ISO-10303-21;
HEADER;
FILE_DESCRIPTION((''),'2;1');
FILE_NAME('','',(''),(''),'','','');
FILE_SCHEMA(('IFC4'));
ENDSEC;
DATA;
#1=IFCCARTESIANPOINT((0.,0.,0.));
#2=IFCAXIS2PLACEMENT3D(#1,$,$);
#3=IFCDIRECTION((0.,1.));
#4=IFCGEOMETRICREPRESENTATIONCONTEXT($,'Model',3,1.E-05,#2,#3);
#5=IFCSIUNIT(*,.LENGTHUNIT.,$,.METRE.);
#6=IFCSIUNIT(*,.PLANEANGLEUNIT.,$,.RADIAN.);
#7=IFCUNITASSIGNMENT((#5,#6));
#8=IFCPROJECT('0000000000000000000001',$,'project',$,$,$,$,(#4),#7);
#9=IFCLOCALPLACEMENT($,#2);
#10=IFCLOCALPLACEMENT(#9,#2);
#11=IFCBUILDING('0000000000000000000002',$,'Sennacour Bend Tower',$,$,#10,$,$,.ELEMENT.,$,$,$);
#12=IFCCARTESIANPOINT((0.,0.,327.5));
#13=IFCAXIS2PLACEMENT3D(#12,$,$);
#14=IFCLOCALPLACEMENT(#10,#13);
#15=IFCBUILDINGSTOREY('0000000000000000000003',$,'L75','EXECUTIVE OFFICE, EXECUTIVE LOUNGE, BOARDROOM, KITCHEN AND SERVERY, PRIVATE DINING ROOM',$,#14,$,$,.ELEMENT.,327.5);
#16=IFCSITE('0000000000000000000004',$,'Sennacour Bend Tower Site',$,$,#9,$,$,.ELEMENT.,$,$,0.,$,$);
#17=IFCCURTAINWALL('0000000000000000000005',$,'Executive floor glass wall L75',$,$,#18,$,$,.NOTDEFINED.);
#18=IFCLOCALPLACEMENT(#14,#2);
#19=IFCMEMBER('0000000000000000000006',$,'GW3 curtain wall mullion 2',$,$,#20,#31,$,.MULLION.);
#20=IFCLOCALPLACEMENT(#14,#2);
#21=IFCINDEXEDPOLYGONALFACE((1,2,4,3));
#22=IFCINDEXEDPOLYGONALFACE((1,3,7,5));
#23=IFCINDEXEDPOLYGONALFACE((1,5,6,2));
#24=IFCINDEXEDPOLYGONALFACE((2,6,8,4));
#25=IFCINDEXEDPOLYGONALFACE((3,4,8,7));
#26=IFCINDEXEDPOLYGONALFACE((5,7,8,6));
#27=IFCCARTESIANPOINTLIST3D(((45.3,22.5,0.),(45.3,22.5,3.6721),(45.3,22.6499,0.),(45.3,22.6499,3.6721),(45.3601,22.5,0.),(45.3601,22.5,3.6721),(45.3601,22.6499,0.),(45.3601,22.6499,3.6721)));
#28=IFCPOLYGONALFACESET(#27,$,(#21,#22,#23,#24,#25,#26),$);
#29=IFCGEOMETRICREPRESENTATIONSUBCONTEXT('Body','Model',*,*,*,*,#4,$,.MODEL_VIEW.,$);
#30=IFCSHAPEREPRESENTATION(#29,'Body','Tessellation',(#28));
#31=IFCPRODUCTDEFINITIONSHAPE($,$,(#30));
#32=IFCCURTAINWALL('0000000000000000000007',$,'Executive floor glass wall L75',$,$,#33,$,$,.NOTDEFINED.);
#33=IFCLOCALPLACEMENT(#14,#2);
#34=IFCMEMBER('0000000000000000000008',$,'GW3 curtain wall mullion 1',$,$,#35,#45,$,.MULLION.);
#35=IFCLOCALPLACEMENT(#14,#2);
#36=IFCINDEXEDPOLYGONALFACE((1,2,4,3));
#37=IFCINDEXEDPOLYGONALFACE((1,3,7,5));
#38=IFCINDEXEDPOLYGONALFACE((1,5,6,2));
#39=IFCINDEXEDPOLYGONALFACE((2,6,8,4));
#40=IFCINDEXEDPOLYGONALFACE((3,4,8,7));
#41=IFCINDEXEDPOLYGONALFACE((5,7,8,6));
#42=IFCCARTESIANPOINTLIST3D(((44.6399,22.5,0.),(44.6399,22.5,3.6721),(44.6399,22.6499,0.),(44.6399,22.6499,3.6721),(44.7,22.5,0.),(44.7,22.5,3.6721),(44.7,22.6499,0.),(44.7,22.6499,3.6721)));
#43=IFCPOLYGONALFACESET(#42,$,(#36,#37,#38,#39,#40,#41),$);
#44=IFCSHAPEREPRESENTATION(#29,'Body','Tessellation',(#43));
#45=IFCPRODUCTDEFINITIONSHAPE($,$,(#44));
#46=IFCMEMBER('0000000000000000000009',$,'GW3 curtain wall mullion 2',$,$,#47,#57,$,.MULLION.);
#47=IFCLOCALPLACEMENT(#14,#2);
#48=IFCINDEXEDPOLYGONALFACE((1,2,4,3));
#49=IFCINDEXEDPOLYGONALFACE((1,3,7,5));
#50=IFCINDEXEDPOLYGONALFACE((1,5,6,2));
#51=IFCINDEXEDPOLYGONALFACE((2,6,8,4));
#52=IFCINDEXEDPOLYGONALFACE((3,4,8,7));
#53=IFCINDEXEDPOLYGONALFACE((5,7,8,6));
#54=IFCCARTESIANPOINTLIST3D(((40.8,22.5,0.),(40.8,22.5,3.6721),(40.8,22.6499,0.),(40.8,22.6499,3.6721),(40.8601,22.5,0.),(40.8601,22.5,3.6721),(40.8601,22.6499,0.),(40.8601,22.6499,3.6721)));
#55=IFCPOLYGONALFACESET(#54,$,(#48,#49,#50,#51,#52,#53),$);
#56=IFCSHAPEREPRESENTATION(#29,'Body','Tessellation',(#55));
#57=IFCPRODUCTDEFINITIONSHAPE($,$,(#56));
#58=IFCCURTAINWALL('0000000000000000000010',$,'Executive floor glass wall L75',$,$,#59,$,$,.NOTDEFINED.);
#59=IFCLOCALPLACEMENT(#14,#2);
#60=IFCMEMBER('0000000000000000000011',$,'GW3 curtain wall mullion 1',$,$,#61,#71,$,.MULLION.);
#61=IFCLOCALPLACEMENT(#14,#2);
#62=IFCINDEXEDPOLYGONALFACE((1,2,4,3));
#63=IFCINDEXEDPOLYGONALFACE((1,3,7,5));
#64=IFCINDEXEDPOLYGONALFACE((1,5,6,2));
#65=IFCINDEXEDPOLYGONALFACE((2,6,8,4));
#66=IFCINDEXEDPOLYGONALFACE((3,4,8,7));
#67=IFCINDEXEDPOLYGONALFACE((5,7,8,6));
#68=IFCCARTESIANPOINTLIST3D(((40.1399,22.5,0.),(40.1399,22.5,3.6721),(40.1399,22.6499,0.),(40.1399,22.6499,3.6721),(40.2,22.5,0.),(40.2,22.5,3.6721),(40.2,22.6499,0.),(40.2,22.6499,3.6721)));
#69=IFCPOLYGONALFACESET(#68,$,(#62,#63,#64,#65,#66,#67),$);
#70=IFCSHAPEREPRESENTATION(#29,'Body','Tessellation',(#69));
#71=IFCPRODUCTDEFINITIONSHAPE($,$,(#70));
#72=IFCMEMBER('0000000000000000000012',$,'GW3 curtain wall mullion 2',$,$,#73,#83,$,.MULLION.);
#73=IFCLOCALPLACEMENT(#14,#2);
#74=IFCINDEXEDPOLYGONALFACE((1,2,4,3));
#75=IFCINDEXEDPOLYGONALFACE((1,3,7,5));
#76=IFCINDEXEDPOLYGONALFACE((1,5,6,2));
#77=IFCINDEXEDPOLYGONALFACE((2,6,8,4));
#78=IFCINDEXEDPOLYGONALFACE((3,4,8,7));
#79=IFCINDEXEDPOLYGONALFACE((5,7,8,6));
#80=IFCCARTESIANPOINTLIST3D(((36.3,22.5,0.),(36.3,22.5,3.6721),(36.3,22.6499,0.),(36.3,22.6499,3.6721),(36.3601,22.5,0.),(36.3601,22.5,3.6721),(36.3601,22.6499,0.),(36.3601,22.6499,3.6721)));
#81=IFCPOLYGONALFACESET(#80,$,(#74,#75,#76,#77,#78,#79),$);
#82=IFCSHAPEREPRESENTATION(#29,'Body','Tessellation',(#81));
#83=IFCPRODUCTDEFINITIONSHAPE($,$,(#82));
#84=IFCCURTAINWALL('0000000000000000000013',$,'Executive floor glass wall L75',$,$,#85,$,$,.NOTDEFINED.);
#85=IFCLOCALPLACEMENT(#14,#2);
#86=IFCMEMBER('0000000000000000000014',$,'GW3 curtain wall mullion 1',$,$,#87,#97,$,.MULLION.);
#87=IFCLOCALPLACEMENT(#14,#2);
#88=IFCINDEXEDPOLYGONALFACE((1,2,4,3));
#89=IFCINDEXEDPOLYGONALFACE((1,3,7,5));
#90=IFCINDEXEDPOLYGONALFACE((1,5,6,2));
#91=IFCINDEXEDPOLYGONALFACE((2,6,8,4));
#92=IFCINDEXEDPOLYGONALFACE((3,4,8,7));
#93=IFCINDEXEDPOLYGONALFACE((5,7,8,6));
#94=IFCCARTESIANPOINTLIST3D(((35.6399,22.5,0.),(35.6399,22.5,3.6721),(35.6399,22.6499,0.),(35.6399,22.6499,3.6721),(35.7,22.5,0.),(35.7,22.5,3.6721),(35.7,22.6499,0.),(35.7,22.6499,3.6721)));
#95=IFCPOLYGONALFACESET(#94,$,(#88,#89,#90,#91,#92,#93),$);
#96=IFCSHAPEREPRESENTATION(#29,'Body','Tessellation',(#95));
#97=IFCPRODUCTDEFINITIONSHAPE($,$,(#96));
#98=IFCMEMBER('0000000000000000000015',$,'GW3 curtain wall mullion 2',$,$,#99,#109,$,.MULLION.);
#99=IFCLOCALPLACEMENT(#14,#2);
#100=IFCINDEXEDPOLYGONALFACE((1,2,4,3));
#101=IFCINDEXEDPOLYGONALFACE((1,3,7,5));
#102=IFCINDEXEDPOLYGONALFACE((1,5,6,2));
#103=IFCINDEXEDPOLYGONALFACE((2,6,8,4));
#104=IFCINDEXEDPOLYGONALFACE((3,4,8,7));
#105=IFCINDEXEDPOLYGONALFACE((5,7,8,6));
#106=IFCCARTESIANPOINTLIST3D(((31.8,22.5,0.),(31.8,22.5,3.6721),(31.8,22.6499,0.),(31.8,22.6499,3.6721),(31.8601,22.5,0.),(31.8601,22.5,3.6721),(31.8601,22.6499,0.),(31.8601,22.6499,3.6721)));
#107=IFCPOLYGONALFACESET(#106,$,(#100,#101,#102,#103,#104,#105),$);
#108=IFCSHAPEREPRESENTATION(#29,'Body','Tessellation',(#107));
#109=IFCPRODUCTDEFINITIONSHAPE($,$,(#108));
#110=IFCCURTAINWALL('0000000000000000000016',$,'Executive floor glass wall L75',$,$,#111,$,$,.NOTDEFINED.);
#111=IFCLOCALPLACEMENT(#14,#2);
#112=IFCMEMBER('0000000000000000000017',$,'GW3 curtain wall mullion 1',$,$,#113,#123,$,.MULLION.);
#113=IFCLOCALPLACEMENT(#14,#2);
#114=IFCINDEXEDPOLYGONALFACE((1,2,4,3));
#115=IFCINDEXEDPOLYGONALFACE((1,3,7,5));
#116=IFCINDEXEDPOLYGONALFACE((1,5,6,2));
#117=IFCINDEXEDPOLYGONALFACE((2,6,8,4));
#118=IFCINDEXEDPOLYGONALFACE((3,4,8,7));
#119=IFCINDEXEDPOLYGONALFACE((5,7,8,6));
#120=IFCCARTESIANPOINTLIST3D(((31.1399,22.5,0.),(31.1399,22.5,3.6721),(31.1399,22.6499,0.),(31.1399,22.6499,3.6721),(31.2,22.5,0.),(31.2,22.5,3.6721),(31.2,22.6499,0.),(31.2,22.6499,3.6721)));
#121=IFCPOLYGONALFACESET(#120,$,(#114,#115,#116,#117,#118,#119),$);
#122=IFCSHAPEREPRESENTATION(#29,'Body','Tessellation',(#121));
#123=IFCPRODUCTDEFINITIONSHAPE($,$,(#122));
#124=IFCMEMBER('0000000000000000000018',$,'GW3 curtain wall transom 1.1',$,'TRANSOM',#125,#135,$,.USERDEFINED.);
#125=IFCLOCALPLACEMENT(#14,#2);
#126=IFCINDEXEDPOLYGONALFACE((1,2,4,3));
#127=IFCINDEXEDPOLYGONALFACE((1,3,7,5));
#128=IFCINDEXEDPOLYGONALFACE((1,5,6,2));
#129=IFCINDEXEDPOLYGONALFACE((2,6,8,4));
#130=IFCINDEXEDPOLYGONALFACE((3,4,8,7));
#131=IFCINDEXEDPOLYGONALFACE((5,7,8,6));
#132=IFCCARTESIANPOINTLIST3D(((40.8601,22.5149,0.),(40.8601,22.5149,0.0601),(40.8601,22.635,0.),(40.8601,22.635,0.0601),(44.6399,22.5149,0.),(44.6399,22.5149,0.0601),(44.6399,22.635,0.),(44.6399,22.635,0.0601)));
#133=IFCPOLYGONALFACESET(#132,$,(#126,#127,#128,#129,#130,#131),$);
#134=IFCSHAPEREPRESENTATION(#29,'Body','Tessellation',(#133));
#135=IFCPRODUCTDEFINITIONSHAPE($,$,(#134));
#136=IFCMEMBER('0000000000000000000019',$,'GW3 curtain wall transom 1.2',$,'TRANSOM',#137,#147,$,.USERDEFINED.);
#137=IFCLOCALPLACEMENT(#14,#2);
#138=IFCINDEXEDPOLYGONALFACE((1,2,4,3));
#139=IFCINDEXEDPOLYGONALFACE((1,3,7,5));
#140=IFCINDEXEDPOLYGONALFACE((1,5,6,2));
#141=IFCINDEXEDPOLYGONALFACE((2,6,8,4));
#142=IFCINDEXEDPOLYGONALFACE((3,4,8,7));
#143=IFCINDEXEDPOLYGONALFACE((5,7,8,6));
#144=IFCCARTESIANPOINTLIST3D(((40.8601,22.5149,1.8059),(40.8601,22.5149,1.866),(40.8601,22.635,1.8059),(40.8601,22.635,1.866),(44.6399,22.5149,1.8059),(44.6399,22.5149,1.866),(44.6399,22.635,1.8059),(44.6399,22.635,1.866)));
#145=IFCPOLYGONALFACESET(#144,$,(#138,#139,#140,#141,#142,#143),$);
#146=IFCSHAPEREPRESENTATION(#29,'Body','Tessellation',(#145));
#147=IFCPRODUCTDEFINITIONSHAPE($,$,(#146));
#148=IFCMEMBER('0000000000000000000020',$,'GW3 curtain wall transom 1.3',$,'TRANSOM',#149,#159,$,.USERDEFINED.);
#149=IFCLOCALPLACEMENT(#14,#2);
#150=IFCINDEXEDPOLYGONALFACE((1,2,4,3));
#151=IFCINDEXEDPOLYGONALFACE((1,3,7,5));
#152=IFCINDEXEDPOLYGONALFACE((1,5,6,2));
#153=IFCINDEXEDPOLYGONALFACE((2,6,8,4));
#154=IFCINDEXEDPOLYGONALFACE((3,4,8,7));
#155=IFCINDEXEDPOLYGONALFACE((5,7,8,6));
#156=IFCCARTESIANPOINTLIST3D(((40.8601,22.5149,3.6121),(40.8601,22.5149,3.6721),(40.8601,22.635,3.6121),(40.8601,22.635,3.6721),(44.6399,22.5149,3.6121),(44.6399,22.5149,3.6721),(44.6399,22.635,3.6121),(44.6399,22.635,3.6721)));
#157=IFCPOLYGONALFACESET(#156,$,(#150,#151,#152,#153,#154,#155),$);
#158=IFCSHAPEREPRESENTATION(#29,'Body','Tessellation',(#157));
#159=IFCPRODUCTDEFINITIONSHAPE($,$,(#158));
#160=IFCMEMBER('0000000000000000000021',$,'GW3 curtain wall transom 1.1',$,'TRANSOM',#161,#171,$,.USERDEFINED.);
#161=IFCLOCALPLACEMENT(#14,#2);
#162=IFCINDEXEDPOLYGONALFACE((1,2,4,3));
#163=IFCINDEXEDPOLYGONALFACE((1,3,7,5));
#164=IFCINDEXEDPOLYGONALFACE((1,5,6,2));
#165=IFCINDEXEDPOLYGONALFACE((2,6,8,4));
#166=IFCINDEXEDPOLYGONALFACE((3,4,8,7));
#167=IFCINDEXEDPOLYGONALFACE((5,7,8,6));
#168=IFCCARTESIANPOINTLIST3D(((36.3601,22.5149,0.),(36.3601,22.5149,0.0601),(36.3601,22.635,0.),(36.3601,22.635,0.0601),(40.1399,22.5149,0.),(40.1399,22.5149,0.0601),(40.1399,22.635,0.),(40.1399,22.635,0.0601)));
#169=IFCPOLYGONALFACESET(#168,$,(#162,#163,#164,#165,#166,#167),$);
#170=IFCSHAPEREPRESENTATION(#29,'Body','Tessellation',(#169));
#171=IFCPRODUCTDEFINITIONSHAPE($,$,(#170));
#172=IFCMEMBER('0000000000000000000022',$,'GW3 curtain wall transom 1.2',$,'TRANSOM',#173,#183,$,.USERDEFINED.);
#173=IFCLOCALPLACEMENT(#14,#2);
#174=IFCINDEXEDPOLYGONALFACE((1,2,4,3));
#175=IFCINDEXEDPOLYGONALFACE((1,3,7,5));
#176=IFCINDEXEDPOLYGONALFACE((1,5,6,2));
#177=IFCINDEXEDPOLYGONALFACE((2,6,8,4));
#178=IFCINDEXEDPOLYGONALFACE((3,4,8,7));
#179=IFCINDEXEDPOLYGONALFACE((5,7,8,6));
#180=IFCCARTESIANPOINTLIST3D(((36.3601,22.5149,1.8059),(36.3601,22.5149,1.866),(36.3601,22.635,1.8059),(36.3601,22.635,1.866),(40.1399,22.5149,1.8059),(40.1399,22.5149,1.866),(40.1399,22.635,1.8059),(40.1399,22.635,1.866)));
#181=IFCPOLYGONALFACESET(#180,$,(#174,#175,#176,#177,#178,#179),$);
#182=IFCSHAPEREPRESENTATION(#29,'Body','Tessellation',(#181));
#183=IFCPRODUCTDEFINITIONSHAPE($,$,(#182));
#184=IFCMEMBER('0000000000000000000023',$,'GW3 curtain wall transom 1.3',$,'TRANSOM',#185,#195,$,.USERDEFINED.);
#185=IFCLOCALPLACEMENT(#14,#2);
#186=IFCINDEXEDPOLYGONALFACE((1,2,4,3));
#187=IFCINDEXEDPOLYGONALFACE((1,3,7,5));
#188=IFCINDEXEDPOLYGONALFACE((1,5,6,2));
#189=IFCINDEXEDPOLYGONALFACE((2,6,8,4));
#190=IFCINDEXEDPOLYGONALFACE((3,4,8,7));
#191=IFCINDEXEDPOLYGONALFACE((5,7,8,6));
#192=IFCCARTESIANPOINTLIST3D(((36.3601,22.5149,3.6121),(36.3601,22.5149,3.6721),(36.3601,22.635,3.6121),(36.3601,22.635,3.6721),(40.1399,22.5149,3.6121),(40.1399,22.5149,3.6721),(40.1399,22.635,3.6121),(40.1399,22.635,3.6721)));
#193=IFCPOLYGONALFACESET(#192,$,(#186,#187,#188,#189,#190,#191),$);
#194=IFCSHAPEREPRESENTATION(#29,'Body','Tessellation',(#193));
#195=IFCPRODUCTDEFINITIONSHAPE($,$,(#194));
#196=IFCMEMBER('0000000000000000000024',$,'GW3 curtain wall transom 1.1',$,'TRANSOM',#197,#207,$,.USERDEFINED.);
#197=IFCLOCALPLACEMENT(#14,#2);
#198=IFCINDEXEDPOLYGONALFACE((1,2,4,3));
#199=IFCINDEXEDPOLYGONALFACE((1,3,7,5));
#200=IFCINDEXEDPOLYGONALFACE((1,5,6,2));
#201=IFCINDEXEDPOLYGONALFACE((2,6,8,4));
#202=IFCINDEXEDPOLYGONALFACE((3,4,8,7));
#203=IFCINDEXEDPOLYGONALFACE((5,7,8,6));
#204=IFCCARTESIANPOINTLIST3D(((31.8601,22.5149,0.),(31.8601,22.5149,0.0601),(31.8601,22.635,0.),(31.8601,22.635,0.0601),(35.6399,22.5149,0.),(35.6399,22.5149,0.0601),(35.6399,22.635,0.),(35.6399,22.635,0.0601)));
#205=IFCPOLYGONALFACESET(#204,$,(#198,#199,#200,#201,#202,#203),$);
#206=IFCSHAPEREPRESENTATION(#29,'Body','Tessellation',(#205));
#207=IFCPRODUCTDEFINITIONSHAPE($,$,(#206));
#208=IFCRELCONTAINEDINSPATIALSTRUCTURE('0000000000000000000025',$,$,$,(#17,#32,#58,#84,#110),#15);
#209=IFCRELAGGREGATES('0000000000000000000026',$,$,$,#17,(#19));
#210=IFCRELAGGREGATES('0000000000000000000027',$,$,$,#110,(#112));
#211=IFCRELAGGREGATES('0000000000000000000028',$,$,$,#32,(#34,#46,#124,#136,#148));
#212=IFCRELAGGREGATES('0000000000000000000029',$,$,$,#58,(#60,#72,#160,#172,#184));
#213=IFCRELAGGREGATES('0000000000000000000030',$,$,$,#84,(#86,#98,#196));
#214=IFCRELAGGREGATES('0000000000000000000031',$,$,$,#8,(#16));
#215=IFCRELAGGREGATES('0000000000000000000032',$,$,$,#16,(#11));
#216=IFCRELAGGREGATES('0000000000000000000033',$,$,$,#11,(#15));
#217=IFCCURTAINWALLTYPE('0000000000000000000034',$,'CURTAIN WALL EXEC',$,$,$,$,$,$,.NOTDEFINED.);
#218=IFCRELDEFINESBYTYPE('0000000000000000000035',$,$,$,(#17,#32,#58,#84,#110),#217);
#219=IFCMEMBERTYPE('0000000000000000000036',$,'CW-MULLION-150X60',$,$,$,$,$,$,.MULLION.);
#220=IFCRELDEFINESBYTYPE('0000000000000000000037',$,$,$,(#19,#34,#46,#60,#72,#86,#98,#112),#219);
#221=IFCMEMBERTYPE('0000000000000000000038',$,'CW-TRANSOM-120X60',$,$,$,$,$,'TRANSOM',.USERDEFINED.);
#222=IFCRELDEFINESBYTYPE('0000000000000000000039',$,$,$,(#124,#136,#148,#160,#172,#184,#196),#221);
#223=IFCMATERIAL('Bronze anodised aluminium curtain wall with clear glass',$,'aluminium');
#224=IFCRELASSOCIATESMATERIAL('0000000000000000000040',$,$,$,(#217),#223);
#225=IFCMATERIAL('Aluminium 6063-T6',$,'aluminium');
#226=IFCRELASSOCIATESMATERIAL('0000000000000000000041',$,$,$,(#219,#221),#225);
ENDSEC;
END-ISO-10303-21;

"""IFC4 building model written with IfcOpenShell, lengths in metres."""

from ifc_helpers import new_model, si_unit, direction, frame, origin, origin_2d, place, context, subcontext, project, spatial, rectangle, extrude, material, material_profile, profile_set, type_object, element, aggregate, save


model = new_model("IFC4")

# Units and contexts
model_context = context("Model", 3, precision=1e-05, world=origin(), true_north=direction((0.0, 1.0)))
body_context = subcontext(model_context, "Body", "Model", "MODEL_VIEW")
ifc_project = project(units=[si_unit("LENGTHUNIT", "METRE"), si_unit("PLANEANGLEUNIT", "RADIAN")], contexts=[model_context])

# Site, building, storey
site_placement = place(None, origin())
site = spatial("IfcSite", under=ifc_project, at=site_placement, Name="Sennacour Bend Tower Site", CompositionType="ELEMENT", RefElevation=0.0)
building_placement = place(site_placement, origin())
building = spatial("IfcBuilding", under=site, at=building_placement, Name="Sennacour Bend Tower", CompositionType="ELEMENT")
storey_placement = place(building_placement, frame((0.0, 0.0, 327.5)))
storey = spatial("IfcBuildingStorey", under=building, at=storey_placement, Name="L75", Description="EXECUTIVE OFFICE, EXECUTIVE LOUNGE, BOARDROOM, KITCHEN AND SERVERY, PRIVATE DINING ROOM", CompositionType="ELEMENT", Elevation=327.5)

# Curtain wall, member
ifc_material_1 = material(Name="Bronze anodised aluminium curtain wall with clear glass", Category="aluminium")
curtain_wall_type = type_object("IfcCurtainWallType", Name="CURTAIN WALL EXEC", PredefinedType="NOTDEFINED", material=ifc_material_1)
curtain_wall_1_placement = place(storey_placement, origin())
curtain_wall_1 = element("IfcCurtainWall", 1, at=curtain_wall_1_placement, inside=storey, type_object=curtain_wall_type, Name="Executive floor glass wall L75", PredefinedType="NOTDEFINED")
ifc_material_2 = material(Name="Aluminium 6063-T6", Category="aluminium")
ifc_material_profile_1 = material_profile(ifc_material_2, rectangle(XDim=0.1499, YDim=0.0601, at=origin_2d()), Name="Aluminium 6063-T6", Category="aluminium")
ifc_profile_set_1 = profile_set([ifc_material_profile_1], Name="Aluminium 6063-T6")
member_type_1 = type_object("IfcMemberType", Name="CW-MULLION-150X60", PredefinedType="MULLION", material=ifc_profile_set_1)
member_1_placement = place(storey_placement, frame((45.3301, 22.575, 0.0), z_axis=(0.0, 0.0, 1.0), x_axis=(0.0, -1.0, 0.0)))
member_1 = element("IfcMember", 2, at=member_1_placement, type_object=member_type_1, Name="GW3 curtain wall mullion 2", PredefinedType="MULLION", context=body_context, shape_type="SweptSolid", body=[
    extrude(rectangle(XDim=0.1499, YDim=0.0601, at=origin_2d()), origin(), (0.0, 0.0, 1.0), 3.6721),
])
aggregate(curtain_wall_1, [member_1])

# Curtain walls, members
curtain_wall_2_placement = place(storey_placement, origin())
curtain_wall_2 = element("IfcCurtainWall", 3, at=curtain_wall_2_placement, inside=storey, type_object=curtain_wall_type, Name="Executive floor glass wall L75", PredefinedType="NOTDEFINED")
member_2_placement = place(storey_placement, frame((44.6699, 22.575, 0.0), z_axis=(0.0, 0.0, 1.0), x_axis=(0.0, -1.0, 0.0)))
member_2 = element("IfcMember", 4, at=member_2_placement, type_object=member_type_1, Name="GW3 curtain wall mullion 1", PredefinedType="MULLION", context=body_context, shape_type="SweptSolid", body=[
    extrude(rectangle(XDim=0.1499, YDim=0.0601, at=origin_2d()), origin(), (0.0, 0.0, 1.0), 3.6721),
])
member_3_placement = place(storey_placement, frame((40.8301, 22.575, 0.0), z_axis=(0.0, 0.0, 1.0), x_axis=(0.0, -1.0, 0.0)))
member_3 = element("IfcMember", 5, at=member_3_placement, type_object=member_type_1, Name="GW3 curtain wall mullion 2", PredefinedType="MULLION", context=body_context, shape_type="SweptSolid", body=[
    extrude(rectangle(XDim=0.1499, YDim=0.0601, at=origin_2d()), origin(), (0.0, 0.0, 1.0), 3.6721),
])
curtain_wall_3_placement = place(storey_placement, origin())
curtain_wall_3 = element("IfcCurtainWall", 6, at=curtain_wall_3_placement, inside=storey, type_object=curtain_wall_type, Name="Executive floor glass wall L75", PredefinedType="NOTDEFINED")
member_4_placement = place(storey_placement, frame((40.1699, 22.575, 0.0), z_axis=(0.0, 0.0, 1.0), x_axis=(0.0, -1.0, 0.0)))
member_4 = element("IfcMember", 7, at=member_4_placement, type_object=member_type_1, Name="GW3 curtain wall mullion 1", PredefinedType="MULLION", context=body_context, shape_type="SweptSolid", body=[
    extrude(rectangle(XDim=0.1499, YDim=0.0601, at=origin_2d()), origin(), (0.0, 0.0, 1.0), 3.6721),
])
member_5_placement = place(storey_placement, frame((36.3301, 22.575, 0.0), z_axis=(0.0, 0.0, 1.0), x_axis=(0.0, -1.0, 0.0)))
member_5 = element("IfcMember", 8, at=member_5_placement, type_object=member_type_1, Name="GW3 curtain wall mullion 2", PredefinedType="MULLION", context=body_context, shape_type="SweptSolid", body=[
    extrude(rectangle(XDim=0.1499, YDim=0.0601, at=origin_2d()), origin(), (0.0, 0.0, 1.0), 3.6721),
])
curtain_wall_4_placement = place(storey_placement, origin())
curtain_wall_4 = element("IfcCurtainWall", 9, at=curtain_wall_4_placement, inside=storey, type_object=curtain_wall_type, Name="Executive floor glass wall L75", PredefinedType="NOTDEFINED")
member_6_placement = place(storey_placement, frame((35.6699, 22.575, 0.0), z_axis=(0.0, 0.0, 1.0), x_axis=(0.0, -1.0, 0.0)))
member_6 = element("IfcMember", 10, at=member_6_placement, type_object=member_type_1, Name="GW3 curtain wall mullion 1", PredefinedType="MULLION", context=body_context, shape_type="SweptSolid", body=[
    extrude(rectangle(XDim=0.1499, YDim=0.0601, at=origin_2d()), origin(), (0.0, 0.0, 1.0), 3.6721),
])
member_7_placement = place(storey_placement, frame((31.8301, 22.575, 0.0), z_axis=(0.0, 0.0, 1.0), x_axis=(0.0, -1.0, 0.0)))
member_7 = element("IfcMember", 11, at=member_7_placement, type_object=member_type_1, Name="GW3 curtain wall mullion 2", PredefinedType="MULLION", context=body_context, shape_type="SweptSolid", body=[
    extrude(rectangle(XDim=0.1499, YDim=0.0601, at=origin_2d()), origin(), (0.0, 0.0, 1.0), 3.6721),
])

# Curtain wall, member
curtain_wall_5_placement = place(storey_placement, origin())
curtain_wall_5 = element("IfcCurtainWall", 12, at=curtain_wall_5_placement, inside=storey, type_object=curtain_wall_type, Name="Executive floor glass wall L75", PredefinedType="NOTDEFINED")
member_8_placement = place(storey_placement, frame((31.1699, 22.575, 0.0), z_axis=(0.0, 0.0, 1.0), x_axis=(0.0, -1.0, 0.0)))
member_8 = element("IfcMember", 13, at=member_8_placement, type_object=member_type_1, Name="GW3 curtain wall mullion 1", PredefinedType="MULLION", context=body_context, shape_type="SweptSolid", body=[
    extrude(rectangle(XDim=0.1499, YDim=0.0601, at=origin_2d()), origin(), (0.0, 0.0, 1.0), 3.6721),
])

# Members
ifc_material_profile_2 = material_profile(ifc_material_2, rectangle(XDim=0.1201, YDim=0.0601, at=origin_2d()), Name="Aluminium 6063-T6", Category="aluminium")
ifc_profile_set_2 = profile_set([ifc_material_profile_2], Name="Aluminium 6063-T6")
member_type_2 = type_object("IfcMemberType", Name="CW-TRANSOM-120X60", ElementType="TRANSOM", PredefinedType="USERDEFINED", material=ifc_profile_set_2)
member_9_placement = place(storey_placement, frame((44.6399, 22.575, 0.03), z_axis=(-1.0, 0.0, 0.0), x_axis=(0.0, -1.0, 0.0)))
member_9 = element("IfcMember", 14, at=member_9_placement, type_object=member_type_2, Name="GW3 curtain wall transom 1.1", ObjectType="TRANSOM", PredefinedType="USERDEFINED", context=body_context, shape_type="SweptSolid", body=[
    extrude(rectangle(XDim=0.1201, YDim=0.0601, at=origin_2d()), origin(), (0.0, 0.0, 1.0), 3.7798),
])
member_10_placement = place(storey_placement, frame((44.6399, 22.575, 1.8359), z_axis=(-1.0, 0.0, 0.0), x_axis=(0.0, -1.0, 0.0)))
member_10 = element("IfcMember", 15, at=member_10_placement, type_object=member_type_2, Name="GW3 curtain wall transom 1.2", ObjectType="TRANSOM", PredefinedType="USERDEFINED", context=body_context, shape_type="SweptSolid", body=[
    extrude(rectangle(XDim=0.1201, YDim=0.0601, at=origin_2d()), origin(), (0.0, 0.0, 1.0), 3.7798),
])
member_11_placement = place(storey_placement, frame((44.6399, 22.575, 3.6421), z_axis=(-1.0, 0.0, 0.0), x_axis=(0.0, -1.0, 0.0)))
member_11 = element("IfcMember", 16, at=member_11_placement, type_object=member_type_2, Name="GW3 curtain wall transom 1.3", ObjectType="TRANSOM", PredefinedType="USERDEFINED", context=body_context, shape_type="SweptSolid", body=[
    extrude(rectangle(XDim=0.1201, YDim=0.0601, at=origin_2d()), origin(), (0.0, 0.0, 1.0), 3.7798),
])
member_12_placement = place(storey_placement, frame((40.1399, 22.575, 0.03), z_axis=(-1.0, 0.0, 0.0), x_axis=(0.0, -1.0, 0.0)))
member_12 = element("IfcMember", 17, at=member_12_placement, type_object=member_type_2, Name="GW3 curtain wall transom 1.1", ObjectType="TRANSOM", PredefinedType="USERDEFINED", context=body_context, shape_type="SweptSolid", body=[
    extrude(rectangle(XDim=0.1201, YDim=0.0601, at=origin_2d()), origin(), (0.0, 0.0, 1.0), 3.7798),
])
member_13_placement = place(storey_placement, frame((40.1399, 22.575, 1.8359), z_axis=(-1.0, 0.0, 0.0), x_axis=(0.0, -1.0, 0.0)))
member_13 = element("IfcMember", 18, at=member_13_placement, type_object=member_type_2, Name="GW3 curtain wall transom 1.2", ObjectType="TRANSOM", PredefinedType="USERDEFINED", context=body_context, shape_type="SweptSolid", body=[
    extrude(rectangle(XDim=0.1201, YDim=0.0601, at=origin_2d()), origin(), (0.0, 0.0, 1.0), 3.7798),
])
member_14_placement = place(storey_placement, frame((40.1399, 22.575, 3.6421), z_axis=(-1.0, 0.0, 0.0), x_axis=(0.0, -1.0, 0.0)))
member_14 = element("IfcMember", 19, at=member_14_placement, type_object=member_type_2, Name="GW3 curtain wall transom 1.3", ObjectType="TRANSOM", PredefinedType="USERDEFINED", context=body_context, shape_type="SweptSolid", body=[
    extrude(rectangle(XDim=0.1201, YDim=0.0601, at=origin_2d()), origin(), (0.0, 0.0, 1.0), 3.7798),
])
member_15_placement = place(storey_placement, frame((35.6399, 22.575, 0.03), z_axis=(-1.0, 0.0, 0.0), x_axis=(0.0, -1.0, 0.0)))
member_15 = element("IfcMember", 20, at=member_15_placement, type_object=member_type_2, Name="GW3 curtain wall transom 1.1", ObjectType="TRANSOM", PredefinedType="USERDEFINED", context=body_context, shape_type="SweptSolid", body=[
    extrude(rectangle(XDim=0.1201, YDim=0.0601, at=origin_2d()), origin(), (0.0, 0.0, 1.0), 3.7798),
])
aggregate(curtain_wall_5, [member_8])

aggregate(curtain_wall_2, [member_2, member_3, member_9, member_10, member_11])
aggregate(curtain_wall_3, [member_4, member_5, member_12, member_13, member_14])
aggregate(curtain_wall_4, [member_6, member_7, member_15])

save(model, "model.ifc")
